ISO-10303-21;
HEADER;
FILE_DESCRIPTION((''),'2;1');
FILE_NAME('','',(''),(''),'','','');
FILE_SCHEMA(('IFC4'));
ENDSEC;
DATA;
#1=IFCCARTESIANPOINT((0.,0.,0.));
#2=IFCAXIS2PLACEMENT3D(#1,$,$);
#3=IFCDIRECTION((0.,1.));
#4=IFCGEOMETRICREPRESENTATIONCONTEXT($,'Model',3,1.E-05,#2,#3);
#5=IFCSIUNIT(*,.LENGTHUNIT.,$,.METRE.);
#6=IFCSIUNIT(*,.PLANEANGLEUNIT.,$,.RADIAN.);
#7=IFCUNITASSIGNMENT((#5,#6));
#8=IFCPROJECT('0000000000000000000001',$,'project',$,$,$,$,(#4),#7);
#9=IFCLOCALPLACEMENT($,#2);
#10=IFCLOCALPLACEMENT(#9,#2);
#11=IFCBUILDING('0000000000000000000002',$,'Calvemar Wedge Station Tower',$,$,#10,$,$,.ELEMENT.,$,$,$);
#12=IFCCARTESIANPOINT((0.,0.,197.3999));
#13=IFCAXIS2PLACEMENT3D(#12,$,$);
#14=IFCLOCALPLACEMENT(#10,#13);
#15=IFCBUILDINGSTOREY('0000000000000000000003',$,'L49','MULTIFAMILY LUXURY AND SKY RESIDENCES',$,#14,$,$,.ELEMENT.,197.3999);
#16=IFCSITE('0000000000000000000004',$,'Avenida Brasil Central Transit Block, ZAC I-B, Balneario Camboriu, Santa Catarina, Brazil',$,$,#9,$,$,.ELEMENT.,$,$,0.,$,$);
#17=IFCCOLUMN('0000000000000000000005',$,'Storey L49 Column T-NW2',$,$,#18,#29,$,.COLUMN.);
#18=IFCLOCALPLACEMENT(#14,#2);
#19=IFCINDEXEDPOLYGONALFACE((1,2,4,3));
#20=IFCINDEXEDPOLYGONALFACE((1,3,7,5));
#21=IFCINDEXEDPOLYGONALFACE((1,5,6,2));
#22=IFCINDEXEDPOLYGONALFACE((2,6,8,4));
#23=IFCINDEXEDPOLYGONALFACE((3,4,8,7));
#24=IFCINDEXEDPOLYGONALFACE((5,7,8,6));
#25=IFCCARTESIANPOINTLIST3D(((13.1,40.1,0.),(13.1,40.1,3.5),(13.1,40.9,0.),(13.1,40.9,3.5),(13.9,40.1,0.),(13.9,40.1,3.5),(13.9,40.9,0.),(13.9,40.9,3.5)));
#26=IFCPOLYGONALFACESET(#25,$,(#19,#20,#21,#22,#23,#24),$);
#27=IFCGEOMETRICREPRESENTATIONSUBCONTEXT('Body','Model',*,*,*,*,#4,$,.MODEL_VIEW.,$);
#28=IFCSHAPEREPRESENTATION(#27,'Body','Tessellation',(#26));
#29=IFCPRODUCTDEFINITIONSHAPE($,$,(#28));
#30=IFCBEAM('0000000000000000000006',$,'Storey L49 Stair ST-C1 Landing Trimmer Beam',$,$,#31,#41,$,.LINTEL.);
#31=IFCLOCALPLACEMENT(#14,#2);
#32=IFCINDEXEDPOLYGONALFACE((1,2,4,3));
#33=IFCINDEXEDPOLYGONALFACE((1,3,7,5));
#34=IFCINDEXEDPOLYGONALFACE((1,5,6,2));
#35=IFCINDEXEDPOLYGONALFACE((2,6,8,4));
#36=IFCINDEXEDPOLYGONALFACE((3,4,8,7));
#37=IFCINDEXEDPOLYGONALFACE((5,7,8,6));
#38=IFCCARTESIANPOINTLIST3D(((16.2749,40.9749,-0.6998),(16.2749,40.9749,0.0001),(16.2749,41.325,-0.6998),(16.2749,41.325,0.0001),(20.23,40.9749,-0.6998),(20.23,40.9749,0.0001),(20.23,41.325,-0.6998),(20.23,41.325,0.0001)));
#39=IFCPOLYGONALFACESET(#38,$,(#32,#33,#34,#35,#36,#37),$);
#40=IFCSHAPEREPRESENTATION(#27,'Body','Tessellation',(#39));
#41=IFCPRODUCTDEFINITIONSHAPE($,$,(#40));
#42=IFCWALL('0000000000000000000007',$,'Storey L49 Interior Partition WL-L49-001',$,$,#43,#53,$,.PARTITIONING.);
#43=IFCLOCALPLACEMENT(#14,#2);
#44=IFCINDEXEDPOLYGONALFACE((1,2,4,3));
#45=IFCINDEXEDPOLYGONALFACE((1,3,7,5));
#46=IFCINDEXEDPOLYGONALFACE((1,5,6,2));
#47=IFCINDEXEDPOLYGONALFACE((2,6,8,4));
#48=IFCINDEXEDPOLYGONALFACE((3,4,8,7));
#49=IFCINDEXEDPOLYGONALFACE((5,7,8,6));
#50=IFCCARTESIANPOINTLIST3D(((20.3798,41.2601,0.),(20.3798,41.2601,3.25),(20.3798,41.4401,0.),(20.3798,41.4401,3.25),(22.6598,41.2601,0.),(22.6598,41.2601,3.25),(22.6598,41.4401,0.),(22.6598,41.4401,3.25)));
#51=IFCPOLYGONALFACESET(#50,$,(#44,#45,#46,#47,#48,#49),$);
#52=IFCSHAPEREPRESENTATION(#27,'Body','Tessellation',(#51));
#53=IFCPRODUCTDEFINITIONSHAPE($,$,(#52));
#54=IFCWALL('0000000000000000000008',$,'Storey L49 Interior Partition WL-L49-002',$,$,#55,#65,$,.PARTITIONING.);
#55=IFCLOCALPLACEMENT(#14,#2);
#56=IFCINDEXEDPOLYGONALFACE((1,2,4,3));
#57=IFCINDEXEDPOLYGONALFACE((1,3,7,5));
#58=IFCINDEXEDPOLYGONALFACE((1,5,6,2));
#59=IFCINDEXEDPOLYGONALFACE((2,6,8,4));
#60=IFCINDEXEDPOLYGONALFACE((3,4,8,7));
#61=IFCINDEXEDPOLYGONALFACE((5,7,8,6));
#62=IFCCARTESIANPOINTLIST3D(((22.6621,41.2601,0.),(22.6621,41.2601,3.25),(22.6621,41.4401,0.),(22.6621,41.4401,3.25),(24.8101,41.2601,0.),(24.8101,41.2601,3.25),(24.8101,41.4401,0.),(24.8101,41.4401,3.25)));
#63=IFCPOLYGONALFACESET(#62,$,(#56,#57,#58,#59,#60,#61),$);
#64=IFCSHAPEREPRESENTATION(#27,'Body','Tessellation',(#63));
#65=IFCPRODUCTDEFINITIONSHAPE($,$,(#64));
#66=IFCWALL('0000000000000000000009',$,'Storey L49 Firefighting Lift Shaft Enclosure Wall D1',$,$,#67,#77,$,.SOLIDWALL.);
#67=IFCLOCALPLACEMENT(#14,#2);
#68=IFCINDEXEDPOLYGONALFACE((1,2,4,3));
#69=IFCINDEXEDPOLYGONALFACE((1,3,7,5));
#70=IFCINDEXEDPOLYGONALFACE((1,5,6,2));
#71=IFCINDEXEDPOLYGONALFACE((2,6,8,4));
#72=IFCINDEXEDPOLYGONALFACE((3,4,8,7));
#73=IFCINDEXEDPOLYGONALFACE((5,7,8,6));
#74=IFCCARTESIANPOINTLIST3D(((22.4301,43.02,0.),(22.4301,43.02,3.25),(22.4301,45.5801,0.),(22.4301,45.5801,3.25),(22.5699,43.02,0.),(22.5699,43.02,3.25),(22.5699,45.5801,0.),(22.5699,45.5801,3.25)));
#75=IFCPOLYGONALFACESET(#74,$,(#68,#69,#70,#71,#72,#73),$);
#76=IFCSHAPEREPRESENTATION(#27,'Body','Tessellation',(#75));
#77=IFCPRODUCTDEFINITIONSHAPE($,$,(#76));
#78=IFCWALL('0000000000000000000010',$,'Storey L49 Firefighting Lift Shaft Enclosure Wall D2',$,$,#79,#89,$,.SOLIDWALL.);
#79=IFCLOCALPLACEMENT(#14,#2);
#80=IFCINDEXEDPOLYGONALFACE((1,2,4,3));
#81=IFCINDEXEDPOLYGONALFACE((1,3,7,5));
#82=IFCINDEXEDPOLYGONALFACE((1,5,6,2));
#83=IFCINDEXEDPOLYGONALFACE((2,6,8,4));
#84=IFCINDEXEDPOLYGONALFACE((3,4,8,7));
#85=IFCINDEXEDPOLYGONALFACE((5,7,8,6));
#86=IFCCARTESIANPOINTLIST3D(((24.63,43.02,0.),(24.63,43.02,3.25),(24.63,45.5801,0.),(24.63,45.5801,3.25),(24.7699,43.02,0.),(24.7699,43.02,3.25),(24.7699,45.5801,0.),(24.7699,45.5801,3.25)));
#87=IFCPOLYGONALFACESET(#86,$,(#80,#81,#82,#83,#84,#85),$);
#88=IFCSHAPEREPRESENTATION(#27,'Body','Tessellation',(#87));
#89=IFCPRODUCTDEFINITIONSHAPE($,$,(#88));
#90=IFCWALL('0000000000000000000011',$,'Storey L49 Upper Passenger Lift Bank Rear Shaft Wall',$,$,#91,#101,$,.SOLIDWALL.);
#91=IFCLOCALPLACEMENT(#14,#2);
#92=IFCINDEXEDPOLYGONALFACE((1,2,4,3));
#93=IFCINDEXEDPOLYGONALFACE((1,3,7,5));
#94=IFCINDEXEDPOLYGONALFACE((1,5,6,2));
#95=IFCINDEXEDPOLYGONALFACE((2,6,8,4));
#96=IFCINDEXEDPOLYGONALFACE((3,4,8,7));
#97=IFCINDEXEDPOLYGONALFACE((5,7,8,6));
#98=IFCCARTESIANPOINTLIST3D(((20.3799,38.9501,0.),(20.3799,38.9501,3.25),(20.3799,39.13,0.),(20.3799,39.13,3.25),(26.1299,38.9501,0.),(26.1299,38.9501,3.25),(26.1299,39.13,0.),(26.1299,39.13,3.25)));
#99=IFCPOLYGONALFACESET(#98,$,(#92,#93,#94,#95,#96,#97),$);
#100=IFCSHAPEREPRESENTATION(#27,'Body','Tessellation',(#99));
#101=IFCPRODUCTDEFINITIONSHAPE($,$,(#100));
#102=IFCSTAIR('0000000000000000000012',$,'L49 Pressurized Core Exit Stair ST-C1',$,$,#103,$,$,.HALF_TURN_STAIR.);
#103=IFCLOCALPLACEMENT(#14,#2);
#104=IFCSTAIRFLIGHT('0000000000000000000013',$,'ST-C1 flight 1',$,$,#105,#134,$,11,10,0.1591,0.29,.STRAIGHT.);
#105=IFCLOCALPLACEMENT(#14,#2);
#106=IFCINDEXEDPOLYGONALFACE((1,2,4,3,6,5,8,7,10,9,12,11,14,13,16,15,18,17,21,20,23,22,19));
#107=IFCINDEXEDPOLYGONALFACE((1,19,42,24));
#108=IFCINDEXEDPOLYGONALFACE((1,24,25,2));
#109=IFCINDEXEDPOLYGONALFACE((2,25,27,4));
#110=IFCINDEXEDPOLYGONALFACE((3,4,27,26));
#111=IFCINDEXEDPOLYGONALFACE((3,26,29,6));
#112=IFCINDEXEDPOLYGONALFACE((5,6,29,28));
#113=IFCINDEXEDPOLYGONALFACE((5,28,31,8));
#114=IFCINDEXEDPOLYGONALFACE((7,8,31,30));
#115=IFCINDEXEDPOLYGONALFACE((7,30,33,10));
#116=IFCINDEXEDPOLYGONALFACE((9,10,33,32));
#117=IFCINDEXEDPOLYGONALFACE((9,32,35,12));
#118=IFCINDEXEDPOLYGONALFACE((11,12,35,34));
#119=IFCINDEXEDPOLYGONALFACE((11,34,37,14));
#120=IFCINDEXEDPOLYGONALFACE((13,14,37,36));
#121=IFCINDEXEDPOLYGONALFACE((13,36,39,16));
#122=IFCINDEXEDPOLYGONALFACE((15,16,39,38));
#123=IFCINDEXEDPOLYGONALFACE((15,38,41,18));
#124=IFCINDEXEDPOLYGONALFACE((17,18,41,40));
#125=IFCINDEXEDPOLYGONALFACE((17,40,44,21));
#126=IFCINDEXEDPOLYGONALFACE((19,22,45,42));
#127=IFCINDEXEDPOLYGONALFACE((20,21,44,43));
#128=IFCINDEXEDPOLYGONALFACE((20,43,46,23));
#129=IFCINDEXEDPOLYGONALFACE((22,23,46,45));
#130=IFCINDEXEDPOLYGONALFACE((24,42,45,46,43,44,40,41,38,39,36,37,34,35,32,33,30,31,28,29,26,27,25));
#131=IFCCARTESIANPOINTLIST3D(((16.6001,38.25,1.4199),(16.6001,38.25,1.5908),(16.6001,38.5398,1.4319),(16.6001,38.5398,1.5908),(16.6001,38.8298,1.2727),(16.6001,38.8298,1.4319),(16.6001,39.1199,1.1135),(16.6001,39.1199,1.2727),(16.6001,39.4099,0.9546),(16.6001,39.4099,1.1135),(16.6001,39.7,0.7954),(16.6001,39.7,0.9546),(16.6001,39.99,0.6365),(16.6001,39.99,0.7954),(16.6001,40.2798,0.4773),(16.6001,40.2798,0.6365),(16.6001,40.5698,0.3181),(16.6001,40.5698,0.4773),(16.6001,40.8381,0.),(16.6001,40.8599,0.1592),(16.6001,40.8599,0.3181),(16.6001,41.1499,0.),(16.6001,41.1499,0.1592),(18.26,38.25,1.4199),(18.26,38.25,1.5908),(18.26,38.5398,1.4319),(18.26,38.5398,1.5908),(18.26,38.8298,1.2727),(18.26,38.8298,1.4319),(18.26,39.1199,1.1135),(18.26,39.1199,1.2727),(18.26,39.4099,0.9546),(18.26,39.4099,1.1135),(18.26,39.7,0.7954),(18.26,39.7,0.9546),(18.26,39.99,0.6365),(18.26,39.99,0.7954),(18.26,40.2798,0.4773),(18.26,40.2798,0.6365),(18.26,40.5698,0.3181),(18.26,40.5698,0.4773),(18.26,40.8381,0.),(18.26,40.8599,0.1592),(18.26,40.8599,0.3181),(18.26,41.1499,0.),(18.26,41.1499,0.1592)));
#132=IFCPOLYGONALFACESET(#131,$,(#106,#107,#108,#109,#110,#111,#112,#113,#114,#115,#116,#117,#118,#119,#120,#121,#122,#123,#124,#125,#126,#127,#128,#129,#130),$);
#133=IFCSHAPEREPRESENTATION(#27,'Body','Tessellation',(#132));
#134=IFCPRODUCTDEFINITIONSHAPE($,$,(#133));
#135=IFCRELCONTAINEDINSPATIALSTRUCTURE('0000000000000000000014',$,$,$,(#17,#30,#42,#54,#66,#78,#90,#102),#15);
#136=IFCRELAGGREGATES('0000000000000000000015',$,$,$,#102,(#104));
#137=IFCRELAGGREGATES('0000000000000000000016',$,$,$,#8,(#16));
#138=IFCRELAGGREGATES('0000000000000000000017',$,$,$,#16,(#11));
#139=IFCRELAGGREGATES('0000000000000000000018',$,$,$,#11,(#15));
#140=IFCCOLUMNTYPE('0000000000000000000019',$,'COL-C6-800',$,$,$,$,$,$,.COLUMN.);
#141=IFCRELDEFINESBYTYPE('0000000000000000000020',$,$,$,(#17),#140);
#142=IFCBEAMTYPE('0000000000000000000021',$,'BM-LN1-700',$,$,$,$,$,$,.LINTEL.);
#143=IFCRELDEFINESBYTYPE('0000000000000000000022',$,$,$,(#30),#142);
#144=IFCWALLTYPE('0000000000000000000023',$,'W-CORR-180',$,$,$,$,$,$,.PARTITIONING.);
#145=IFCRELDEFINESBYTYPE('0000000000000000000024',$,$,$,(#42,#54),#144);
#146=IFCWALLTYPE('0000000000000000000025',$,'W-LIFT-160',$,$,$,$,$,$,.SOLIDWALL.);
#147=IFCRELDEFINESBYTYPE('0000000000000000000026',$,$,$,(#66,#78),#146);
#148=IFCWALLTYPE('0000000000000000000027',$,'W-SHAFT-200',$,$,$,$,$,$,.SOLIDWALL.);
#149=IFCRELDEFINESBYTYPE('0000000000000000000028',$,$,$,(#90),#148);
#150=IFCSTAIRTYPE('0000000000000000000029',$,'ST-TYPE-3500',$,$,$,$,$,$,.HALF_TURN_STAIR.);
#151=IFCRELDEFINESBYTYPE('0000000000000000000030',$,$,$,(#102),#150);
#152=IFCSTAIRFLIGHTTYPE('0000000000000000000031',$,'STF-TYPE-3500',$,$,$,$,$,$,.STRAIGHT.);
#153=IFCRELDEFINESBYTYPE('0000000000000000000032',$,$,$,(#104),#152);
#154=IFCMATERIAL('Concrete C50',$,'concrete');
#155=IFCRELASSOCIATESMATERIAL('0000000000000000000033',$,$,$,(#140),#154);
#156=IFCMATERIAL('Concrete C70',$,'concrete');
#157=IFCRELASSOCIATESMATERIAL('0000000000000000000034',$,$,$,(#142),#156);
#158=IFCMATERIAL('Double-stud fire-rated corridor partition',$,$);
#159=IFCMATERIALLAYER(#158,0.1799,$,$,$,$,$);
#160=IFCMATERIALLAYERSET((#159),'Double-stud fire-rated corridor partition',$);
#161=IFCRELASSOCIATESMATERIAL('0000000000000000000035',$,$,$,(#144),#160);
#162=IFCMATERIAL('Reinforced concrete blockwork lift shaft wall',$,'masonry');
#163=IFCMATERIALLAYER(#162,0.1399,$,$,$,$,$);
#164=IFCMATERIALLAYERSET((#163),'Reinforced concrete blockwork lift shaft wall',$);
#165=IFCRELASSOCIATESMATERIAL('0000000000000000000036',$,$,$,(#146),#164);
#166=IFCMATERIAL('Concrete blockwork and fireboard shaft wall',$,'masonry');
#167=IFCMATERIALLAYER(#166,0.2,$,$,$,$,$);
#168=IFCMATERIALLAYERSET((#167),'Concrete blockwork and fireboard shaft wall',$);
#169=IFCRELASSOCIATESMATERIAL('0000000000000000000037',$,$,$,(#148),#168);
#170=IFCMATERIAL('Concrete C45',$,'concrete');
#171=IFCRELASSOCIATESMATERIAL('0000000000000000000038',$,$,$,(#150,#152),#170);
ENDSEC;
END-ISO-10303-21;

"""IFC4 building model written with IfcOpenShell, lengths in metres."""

from ifc_helpers import new_model, si_unit, direction, frame, frame_2d, origin, origin_2d, place, context, subcontext, project, spatial, polyline, rectangle, outline, extrude, source, transform, mapped, material, layer, layer_set, material_profile, profile_set, type_object, element, aggregate, save


model = new_model("IFC4")

# Units and contexts
model_context = context("Model", 3, precision=1e-05, world=origin(), true_north=direction((0.0, 1.0)))
body_context = subcontext(model_context, "Body", "Model", "MODEL_VIEW")
ifc_project = project(units=[si_unit("LENGTHUNIT", "METRE"), si_unit("PLANEANGLEUNIT", "RADIAN")], contexts=[model_context])

# Site, building, storey
site_placement = place(None, origin())
site = spatial("IfcSite", under=ifc_project, at=site_placement, Name="Avenida Brasil Central Transit Block, ZAC I-B, Balneario Camboriu, Santa Catarina, Brazil", CompositionType="ELEMENT", RefElevation=0.0)
building_placement = place(site_placement, origin())
building = spatial("IfcBuilding", under=site, at=building_placement, Name="Calvemar Wedge Station Tower", CompositionType="ELEMENT")
storey_placement = place(building_placement, frame((0.0, 0.0, 197.3999)))
storey = spatial("IfcBuildingStorey", under=building, at=storey_placement, Name="L49", Description="MULTIFAMILY LUXURY AND SKY RESIDENCES", CompositionType="ELEMENT", Elevation=197.3999)

# Column
ifc_material_1 = material(Name="Concrete C50", Category="concrete")
ifc_material_profile_1 = material_profile(ifc_material_1, rectangle(XDim=0.8, YDim=0.8, at=origin_2d()), Name="RC800x800")
ifc_profile_set_1 = profile_set([ifc_material_profile_1], Name="Concrete C50")
column_type = type_object("IfcColumnType", Name="COL-C6-800", PredefinedType="COLUMN", material=ifc_profile_set_1)
shared_shape_1 = source(origin(), body_context, "Body", "SweptSolid", [
    extrude(rectangle(XDim=0.8, YDim=0.8, at=origin_2d()), origin(), (0.0, 0.0, 1.0), 3.5),
])
column_placement = place(storey_placement, frame((13.5, 40.5, 0.0), z_axis=(0.0, 0.0, 1.0), x_axis=(1.0, 0.0, 0.0)))
element("IfcColumn", 1, at=column_placement, inside=storey, type_object=column_type, Name="Storey L49 Column T-NW2", PredefinedType="COLUMN", context=body_context, shape_type="MappedRepresentation", body=[
    mapped(shared_shape_1, transform((0.0, 0.0, 0.0), scale=1.0)),
])

# Beam
ifc_material_2 = material(Name="Concrete C70", Category="concrete")
ifc_material_profile_2 = material_profile(ifc_material_2, rectangle(XDim=0.3501, YDim=0.7, at=origin_2d()), Name="RC350x700")
ifc_profile_set_2 = profile_set([ifc_material_profile_2], Name="Concrete C70")
beam_type = type_object("IfcBeamType", Name="BM-LN1-700", PredefinedType="LINTEL", material=ifc_profile_set_2)
shared_shape_2 = source(origin(), body_context, "Body", "SweptSolid", [
    extrude(rectangle(XDim=0.3501, YDim=0.7, at=origin_2d()), origin(), (0.0, 0.0, 1.0), 3.9551),
])
beam_placement = place(storey_placement, frame((16.2749, 41.1499, -0.3499), z_axis=(1.0, 0.0, 0.0), x_axis=(0.0, 1.0, 0.0)))
element("IfcBeam", 2, at=beam_placement, inside=storey, type_object=beam_type, Name="Storey L49 Stair ST-C1 Landing Trimmer Beam", PredefinedType="LINTEL", context=body_context, shape_type="MappedRepresentation", body=[
    mapped(shared_shape_2, transform((0.0, 0.0, 0.0), scale=1.0)),
])

# Walls
ifc_material_3 = material(Name="Double-stud fire-rated corridor partition")
ifc_layer_1 = layer(ifc_material_3, 0.1799)
ifc_layer_set_1 = layer_set([ifc_layer_1], Name="Double-stud fire-rated corridor partition")
wall_type_1 = type_object("IfcWallType", Name="W-CORR-180", PredefinedType="PARTITIONING", material=ifc_layer_set_1)
wall_1_placement = place(storey_placement, frame((22.6599, 41.3501, 0.0), z_axis=(0.0, 0.0, 1.0), x_axis=(-1.0, 0.0, 0.0)))
element("IfcWall", 3, at=wall_1_placement, inside=storey, type_object=wall_type_1, Name="Storey L49 Interior Partition WL-L49-001", PredefinedType="PARTITIONING", context=body_context, shape_type="SweptSolid", body=[
    extrude(rectangle(XDim=2.28, YDim=0.1799, at=frame_2d((1.1401, 0.0))), origin(), (0.0, 0.0, 1.0), 3.25),
])
wall_2_placement = place(storey_placement, frame((24.8101, 41.3501, 0.0), z_axis=(0.0, 0.0, 1.0), x_axis=(-1.0, 0.0, 0.0)))
element("IfcWall", 4, at=wall_2_placement, inside=storey, type_object=wall_type_1, Name="Storey L49 Interior Partition WL-L49-002", PredefinedType="PARTITIONING", context=body_context, shape_type="SweptSolid", body=[
    extrude(rectangle(XDim=2.1479, YDim=0.1799, at=frame_2d((1.074, 0.0))), origin(), (0.0, 0.0, 1.0), 3.25),
])

# Shared definitions
ifc_material_4 = material(Name="Reinforced concrete blockwork lift shaft wall", Category="masonry")
ifc_layer_2 = layer(ifc_material_4, 0.1399)
ifc_layer_set_2 = layer_set([ifc_layer_2], Name="Reinforced concrete blockwork lift shaft wall")
wall_type_2 = type_object("IfcWallType", Name="W-LIFT-160", PredefinedType="SOLIDWALL", material=ifc_layer_set_2)

# Walls
for number, where, z_axis, x_axis, name in (
    (5, (22.5, 43.02, 0.0), (0.0, 0.0, 1.0), (0.0, 1.0, 0.0), "Storey L49 Firefighting Lift Shaft Enclosure Wall D1"),
    (6, (24.7, 43.02, 0.0), (0.0, 0.0, 1.0), (0.0, 1.0, 0.0), "Storey L49 Firefighting Lift Shaft Enclosure Wall D2"),
):
    element("IfcWall", number, at=place(storey_placement, frame(where, z_axis=z_axis, x_axis=x_axis)), inside=storey, type_object=wall_type_2, Name=name, PredefinedType="SOLIDWALL", context=body_context, shape_type="SweptSolid", body=[
        extrude(rectangle(XDim=2.5601, YDim=0.1399, at=frame_2d((1.28, 0.0))), origin(), (0.0, 0.0, 1.0), 3.25),
    ])
ifc_material_5 = material(Name="Concrete blockwork and fireboard shaft wall", Category="masonry")
ifc_layer_3 = layer(ifc_material_5, 0.2)
ifc_layer_set_3 = layer_set([ifc_layer_3], Name="Concrete blockwork and fireboard shaft wall")
wall_type_3 = type_object("IfcWallType", Name="W-SHAFT-200", PredefinedType="SOLIDWALL", material=ifc_layer_set_3)
wall_3_placement = place(storey_placement, frame((20.3799, 39.04, 0.0), z_axis=(0.0, 0.0, 1.0), x_axis=(1.0, 0.0, 0.0)))
element("IfcWall", 7, at=wall_3_placement, inside=storey, type_object=wall_type_3, Name="Storey L49 Upper Passenger Lift Bank Rear Shaft Wall", PredefinedType="SOLIDWALL", context=body_context, shape_type="SweptSolid", body=[
    extrude(rectangle(XDim=5.75, YDim=0.1799, at=frame_2d((2.875, 0.0))), origin(), (0.0, 0.0, 1.0), 3.25),
])

# Stair, stair flight
ifc_material_6 = material(Name="Concrete C45", Category="concrete")
stair_type = type_object("IfcStairType", Name="ST-TYPE-3500", PredefinedType="HALF_TURN_STAIR", material=ifc_material_6)
stair_placement = place(storey_placement, origin())
stair = element("IfcStair", 8, at=stair_placement, inside=storey, type_object=stair_type, Name="L49 Pressurized Core Exit Stair ST-C1", PredefinedType="HALF_TURN_STAIR")
stair_flight_type = type_object("IfcStairFlightType", Name="STF-TYPE-3500", PredefinedType="STRAIGHT", material=ifc_material_6)
stair_flight_placement = place(storey_placement, frame((17.4299, 41.1499, 0.0), z_axis=(0.0, 0.0, 1.0), x_axis=(0.0, -1.0, 0.0)))
stair_flight = element("IfcStairFlight", 9, at=stair_flight_placement, type_object=stair_flight_type, Name="ST-C1 flight 1", NumberOfRisers=11, NumberOfTreads=10, PredefinedType="STRAIGHT", RiserHeight=0.1591, TreadLength=0.29, context=body_context, shape_type="SweptSolid", body=[
    extrude(outline(polyline([(0.0, 0.0), (0.0, 0.1592), (0.29, 0.1592), (0.29, 0.3181), (0.5801, 0.3181), (0.5801, 0.4773), (0.8701, 0.4773), (0.8701, 0.6365), (1.1599, 0.6365), (1.1599, 0.7954), (1.45, 0.7954), (1.45, 0.9546), (1.74, 0.9546), (1.74, 1.1135), (2.03, 1.1135), (2.03, 1.2727), (2.3201, 1.2727), (2.3201, 1.4319), (2.6101, 1.4319), (2.6101, 1.5908), (2.8999, 1.5908), (2.8999, 1.75), (2.8999, 1.4199), (0.3118, 0.0), (0.0, 0.0)])), frame((0.0, 0.8301, 0.0), z_axis=(0.0, -1.0, 0.0), x_axis=(1.0, 0.0, 0.0)), (0.0, 0.0, 1.0), 1.6599),
])
aggregate(stair, [stair_flight])

save(model, "model.ifc")
